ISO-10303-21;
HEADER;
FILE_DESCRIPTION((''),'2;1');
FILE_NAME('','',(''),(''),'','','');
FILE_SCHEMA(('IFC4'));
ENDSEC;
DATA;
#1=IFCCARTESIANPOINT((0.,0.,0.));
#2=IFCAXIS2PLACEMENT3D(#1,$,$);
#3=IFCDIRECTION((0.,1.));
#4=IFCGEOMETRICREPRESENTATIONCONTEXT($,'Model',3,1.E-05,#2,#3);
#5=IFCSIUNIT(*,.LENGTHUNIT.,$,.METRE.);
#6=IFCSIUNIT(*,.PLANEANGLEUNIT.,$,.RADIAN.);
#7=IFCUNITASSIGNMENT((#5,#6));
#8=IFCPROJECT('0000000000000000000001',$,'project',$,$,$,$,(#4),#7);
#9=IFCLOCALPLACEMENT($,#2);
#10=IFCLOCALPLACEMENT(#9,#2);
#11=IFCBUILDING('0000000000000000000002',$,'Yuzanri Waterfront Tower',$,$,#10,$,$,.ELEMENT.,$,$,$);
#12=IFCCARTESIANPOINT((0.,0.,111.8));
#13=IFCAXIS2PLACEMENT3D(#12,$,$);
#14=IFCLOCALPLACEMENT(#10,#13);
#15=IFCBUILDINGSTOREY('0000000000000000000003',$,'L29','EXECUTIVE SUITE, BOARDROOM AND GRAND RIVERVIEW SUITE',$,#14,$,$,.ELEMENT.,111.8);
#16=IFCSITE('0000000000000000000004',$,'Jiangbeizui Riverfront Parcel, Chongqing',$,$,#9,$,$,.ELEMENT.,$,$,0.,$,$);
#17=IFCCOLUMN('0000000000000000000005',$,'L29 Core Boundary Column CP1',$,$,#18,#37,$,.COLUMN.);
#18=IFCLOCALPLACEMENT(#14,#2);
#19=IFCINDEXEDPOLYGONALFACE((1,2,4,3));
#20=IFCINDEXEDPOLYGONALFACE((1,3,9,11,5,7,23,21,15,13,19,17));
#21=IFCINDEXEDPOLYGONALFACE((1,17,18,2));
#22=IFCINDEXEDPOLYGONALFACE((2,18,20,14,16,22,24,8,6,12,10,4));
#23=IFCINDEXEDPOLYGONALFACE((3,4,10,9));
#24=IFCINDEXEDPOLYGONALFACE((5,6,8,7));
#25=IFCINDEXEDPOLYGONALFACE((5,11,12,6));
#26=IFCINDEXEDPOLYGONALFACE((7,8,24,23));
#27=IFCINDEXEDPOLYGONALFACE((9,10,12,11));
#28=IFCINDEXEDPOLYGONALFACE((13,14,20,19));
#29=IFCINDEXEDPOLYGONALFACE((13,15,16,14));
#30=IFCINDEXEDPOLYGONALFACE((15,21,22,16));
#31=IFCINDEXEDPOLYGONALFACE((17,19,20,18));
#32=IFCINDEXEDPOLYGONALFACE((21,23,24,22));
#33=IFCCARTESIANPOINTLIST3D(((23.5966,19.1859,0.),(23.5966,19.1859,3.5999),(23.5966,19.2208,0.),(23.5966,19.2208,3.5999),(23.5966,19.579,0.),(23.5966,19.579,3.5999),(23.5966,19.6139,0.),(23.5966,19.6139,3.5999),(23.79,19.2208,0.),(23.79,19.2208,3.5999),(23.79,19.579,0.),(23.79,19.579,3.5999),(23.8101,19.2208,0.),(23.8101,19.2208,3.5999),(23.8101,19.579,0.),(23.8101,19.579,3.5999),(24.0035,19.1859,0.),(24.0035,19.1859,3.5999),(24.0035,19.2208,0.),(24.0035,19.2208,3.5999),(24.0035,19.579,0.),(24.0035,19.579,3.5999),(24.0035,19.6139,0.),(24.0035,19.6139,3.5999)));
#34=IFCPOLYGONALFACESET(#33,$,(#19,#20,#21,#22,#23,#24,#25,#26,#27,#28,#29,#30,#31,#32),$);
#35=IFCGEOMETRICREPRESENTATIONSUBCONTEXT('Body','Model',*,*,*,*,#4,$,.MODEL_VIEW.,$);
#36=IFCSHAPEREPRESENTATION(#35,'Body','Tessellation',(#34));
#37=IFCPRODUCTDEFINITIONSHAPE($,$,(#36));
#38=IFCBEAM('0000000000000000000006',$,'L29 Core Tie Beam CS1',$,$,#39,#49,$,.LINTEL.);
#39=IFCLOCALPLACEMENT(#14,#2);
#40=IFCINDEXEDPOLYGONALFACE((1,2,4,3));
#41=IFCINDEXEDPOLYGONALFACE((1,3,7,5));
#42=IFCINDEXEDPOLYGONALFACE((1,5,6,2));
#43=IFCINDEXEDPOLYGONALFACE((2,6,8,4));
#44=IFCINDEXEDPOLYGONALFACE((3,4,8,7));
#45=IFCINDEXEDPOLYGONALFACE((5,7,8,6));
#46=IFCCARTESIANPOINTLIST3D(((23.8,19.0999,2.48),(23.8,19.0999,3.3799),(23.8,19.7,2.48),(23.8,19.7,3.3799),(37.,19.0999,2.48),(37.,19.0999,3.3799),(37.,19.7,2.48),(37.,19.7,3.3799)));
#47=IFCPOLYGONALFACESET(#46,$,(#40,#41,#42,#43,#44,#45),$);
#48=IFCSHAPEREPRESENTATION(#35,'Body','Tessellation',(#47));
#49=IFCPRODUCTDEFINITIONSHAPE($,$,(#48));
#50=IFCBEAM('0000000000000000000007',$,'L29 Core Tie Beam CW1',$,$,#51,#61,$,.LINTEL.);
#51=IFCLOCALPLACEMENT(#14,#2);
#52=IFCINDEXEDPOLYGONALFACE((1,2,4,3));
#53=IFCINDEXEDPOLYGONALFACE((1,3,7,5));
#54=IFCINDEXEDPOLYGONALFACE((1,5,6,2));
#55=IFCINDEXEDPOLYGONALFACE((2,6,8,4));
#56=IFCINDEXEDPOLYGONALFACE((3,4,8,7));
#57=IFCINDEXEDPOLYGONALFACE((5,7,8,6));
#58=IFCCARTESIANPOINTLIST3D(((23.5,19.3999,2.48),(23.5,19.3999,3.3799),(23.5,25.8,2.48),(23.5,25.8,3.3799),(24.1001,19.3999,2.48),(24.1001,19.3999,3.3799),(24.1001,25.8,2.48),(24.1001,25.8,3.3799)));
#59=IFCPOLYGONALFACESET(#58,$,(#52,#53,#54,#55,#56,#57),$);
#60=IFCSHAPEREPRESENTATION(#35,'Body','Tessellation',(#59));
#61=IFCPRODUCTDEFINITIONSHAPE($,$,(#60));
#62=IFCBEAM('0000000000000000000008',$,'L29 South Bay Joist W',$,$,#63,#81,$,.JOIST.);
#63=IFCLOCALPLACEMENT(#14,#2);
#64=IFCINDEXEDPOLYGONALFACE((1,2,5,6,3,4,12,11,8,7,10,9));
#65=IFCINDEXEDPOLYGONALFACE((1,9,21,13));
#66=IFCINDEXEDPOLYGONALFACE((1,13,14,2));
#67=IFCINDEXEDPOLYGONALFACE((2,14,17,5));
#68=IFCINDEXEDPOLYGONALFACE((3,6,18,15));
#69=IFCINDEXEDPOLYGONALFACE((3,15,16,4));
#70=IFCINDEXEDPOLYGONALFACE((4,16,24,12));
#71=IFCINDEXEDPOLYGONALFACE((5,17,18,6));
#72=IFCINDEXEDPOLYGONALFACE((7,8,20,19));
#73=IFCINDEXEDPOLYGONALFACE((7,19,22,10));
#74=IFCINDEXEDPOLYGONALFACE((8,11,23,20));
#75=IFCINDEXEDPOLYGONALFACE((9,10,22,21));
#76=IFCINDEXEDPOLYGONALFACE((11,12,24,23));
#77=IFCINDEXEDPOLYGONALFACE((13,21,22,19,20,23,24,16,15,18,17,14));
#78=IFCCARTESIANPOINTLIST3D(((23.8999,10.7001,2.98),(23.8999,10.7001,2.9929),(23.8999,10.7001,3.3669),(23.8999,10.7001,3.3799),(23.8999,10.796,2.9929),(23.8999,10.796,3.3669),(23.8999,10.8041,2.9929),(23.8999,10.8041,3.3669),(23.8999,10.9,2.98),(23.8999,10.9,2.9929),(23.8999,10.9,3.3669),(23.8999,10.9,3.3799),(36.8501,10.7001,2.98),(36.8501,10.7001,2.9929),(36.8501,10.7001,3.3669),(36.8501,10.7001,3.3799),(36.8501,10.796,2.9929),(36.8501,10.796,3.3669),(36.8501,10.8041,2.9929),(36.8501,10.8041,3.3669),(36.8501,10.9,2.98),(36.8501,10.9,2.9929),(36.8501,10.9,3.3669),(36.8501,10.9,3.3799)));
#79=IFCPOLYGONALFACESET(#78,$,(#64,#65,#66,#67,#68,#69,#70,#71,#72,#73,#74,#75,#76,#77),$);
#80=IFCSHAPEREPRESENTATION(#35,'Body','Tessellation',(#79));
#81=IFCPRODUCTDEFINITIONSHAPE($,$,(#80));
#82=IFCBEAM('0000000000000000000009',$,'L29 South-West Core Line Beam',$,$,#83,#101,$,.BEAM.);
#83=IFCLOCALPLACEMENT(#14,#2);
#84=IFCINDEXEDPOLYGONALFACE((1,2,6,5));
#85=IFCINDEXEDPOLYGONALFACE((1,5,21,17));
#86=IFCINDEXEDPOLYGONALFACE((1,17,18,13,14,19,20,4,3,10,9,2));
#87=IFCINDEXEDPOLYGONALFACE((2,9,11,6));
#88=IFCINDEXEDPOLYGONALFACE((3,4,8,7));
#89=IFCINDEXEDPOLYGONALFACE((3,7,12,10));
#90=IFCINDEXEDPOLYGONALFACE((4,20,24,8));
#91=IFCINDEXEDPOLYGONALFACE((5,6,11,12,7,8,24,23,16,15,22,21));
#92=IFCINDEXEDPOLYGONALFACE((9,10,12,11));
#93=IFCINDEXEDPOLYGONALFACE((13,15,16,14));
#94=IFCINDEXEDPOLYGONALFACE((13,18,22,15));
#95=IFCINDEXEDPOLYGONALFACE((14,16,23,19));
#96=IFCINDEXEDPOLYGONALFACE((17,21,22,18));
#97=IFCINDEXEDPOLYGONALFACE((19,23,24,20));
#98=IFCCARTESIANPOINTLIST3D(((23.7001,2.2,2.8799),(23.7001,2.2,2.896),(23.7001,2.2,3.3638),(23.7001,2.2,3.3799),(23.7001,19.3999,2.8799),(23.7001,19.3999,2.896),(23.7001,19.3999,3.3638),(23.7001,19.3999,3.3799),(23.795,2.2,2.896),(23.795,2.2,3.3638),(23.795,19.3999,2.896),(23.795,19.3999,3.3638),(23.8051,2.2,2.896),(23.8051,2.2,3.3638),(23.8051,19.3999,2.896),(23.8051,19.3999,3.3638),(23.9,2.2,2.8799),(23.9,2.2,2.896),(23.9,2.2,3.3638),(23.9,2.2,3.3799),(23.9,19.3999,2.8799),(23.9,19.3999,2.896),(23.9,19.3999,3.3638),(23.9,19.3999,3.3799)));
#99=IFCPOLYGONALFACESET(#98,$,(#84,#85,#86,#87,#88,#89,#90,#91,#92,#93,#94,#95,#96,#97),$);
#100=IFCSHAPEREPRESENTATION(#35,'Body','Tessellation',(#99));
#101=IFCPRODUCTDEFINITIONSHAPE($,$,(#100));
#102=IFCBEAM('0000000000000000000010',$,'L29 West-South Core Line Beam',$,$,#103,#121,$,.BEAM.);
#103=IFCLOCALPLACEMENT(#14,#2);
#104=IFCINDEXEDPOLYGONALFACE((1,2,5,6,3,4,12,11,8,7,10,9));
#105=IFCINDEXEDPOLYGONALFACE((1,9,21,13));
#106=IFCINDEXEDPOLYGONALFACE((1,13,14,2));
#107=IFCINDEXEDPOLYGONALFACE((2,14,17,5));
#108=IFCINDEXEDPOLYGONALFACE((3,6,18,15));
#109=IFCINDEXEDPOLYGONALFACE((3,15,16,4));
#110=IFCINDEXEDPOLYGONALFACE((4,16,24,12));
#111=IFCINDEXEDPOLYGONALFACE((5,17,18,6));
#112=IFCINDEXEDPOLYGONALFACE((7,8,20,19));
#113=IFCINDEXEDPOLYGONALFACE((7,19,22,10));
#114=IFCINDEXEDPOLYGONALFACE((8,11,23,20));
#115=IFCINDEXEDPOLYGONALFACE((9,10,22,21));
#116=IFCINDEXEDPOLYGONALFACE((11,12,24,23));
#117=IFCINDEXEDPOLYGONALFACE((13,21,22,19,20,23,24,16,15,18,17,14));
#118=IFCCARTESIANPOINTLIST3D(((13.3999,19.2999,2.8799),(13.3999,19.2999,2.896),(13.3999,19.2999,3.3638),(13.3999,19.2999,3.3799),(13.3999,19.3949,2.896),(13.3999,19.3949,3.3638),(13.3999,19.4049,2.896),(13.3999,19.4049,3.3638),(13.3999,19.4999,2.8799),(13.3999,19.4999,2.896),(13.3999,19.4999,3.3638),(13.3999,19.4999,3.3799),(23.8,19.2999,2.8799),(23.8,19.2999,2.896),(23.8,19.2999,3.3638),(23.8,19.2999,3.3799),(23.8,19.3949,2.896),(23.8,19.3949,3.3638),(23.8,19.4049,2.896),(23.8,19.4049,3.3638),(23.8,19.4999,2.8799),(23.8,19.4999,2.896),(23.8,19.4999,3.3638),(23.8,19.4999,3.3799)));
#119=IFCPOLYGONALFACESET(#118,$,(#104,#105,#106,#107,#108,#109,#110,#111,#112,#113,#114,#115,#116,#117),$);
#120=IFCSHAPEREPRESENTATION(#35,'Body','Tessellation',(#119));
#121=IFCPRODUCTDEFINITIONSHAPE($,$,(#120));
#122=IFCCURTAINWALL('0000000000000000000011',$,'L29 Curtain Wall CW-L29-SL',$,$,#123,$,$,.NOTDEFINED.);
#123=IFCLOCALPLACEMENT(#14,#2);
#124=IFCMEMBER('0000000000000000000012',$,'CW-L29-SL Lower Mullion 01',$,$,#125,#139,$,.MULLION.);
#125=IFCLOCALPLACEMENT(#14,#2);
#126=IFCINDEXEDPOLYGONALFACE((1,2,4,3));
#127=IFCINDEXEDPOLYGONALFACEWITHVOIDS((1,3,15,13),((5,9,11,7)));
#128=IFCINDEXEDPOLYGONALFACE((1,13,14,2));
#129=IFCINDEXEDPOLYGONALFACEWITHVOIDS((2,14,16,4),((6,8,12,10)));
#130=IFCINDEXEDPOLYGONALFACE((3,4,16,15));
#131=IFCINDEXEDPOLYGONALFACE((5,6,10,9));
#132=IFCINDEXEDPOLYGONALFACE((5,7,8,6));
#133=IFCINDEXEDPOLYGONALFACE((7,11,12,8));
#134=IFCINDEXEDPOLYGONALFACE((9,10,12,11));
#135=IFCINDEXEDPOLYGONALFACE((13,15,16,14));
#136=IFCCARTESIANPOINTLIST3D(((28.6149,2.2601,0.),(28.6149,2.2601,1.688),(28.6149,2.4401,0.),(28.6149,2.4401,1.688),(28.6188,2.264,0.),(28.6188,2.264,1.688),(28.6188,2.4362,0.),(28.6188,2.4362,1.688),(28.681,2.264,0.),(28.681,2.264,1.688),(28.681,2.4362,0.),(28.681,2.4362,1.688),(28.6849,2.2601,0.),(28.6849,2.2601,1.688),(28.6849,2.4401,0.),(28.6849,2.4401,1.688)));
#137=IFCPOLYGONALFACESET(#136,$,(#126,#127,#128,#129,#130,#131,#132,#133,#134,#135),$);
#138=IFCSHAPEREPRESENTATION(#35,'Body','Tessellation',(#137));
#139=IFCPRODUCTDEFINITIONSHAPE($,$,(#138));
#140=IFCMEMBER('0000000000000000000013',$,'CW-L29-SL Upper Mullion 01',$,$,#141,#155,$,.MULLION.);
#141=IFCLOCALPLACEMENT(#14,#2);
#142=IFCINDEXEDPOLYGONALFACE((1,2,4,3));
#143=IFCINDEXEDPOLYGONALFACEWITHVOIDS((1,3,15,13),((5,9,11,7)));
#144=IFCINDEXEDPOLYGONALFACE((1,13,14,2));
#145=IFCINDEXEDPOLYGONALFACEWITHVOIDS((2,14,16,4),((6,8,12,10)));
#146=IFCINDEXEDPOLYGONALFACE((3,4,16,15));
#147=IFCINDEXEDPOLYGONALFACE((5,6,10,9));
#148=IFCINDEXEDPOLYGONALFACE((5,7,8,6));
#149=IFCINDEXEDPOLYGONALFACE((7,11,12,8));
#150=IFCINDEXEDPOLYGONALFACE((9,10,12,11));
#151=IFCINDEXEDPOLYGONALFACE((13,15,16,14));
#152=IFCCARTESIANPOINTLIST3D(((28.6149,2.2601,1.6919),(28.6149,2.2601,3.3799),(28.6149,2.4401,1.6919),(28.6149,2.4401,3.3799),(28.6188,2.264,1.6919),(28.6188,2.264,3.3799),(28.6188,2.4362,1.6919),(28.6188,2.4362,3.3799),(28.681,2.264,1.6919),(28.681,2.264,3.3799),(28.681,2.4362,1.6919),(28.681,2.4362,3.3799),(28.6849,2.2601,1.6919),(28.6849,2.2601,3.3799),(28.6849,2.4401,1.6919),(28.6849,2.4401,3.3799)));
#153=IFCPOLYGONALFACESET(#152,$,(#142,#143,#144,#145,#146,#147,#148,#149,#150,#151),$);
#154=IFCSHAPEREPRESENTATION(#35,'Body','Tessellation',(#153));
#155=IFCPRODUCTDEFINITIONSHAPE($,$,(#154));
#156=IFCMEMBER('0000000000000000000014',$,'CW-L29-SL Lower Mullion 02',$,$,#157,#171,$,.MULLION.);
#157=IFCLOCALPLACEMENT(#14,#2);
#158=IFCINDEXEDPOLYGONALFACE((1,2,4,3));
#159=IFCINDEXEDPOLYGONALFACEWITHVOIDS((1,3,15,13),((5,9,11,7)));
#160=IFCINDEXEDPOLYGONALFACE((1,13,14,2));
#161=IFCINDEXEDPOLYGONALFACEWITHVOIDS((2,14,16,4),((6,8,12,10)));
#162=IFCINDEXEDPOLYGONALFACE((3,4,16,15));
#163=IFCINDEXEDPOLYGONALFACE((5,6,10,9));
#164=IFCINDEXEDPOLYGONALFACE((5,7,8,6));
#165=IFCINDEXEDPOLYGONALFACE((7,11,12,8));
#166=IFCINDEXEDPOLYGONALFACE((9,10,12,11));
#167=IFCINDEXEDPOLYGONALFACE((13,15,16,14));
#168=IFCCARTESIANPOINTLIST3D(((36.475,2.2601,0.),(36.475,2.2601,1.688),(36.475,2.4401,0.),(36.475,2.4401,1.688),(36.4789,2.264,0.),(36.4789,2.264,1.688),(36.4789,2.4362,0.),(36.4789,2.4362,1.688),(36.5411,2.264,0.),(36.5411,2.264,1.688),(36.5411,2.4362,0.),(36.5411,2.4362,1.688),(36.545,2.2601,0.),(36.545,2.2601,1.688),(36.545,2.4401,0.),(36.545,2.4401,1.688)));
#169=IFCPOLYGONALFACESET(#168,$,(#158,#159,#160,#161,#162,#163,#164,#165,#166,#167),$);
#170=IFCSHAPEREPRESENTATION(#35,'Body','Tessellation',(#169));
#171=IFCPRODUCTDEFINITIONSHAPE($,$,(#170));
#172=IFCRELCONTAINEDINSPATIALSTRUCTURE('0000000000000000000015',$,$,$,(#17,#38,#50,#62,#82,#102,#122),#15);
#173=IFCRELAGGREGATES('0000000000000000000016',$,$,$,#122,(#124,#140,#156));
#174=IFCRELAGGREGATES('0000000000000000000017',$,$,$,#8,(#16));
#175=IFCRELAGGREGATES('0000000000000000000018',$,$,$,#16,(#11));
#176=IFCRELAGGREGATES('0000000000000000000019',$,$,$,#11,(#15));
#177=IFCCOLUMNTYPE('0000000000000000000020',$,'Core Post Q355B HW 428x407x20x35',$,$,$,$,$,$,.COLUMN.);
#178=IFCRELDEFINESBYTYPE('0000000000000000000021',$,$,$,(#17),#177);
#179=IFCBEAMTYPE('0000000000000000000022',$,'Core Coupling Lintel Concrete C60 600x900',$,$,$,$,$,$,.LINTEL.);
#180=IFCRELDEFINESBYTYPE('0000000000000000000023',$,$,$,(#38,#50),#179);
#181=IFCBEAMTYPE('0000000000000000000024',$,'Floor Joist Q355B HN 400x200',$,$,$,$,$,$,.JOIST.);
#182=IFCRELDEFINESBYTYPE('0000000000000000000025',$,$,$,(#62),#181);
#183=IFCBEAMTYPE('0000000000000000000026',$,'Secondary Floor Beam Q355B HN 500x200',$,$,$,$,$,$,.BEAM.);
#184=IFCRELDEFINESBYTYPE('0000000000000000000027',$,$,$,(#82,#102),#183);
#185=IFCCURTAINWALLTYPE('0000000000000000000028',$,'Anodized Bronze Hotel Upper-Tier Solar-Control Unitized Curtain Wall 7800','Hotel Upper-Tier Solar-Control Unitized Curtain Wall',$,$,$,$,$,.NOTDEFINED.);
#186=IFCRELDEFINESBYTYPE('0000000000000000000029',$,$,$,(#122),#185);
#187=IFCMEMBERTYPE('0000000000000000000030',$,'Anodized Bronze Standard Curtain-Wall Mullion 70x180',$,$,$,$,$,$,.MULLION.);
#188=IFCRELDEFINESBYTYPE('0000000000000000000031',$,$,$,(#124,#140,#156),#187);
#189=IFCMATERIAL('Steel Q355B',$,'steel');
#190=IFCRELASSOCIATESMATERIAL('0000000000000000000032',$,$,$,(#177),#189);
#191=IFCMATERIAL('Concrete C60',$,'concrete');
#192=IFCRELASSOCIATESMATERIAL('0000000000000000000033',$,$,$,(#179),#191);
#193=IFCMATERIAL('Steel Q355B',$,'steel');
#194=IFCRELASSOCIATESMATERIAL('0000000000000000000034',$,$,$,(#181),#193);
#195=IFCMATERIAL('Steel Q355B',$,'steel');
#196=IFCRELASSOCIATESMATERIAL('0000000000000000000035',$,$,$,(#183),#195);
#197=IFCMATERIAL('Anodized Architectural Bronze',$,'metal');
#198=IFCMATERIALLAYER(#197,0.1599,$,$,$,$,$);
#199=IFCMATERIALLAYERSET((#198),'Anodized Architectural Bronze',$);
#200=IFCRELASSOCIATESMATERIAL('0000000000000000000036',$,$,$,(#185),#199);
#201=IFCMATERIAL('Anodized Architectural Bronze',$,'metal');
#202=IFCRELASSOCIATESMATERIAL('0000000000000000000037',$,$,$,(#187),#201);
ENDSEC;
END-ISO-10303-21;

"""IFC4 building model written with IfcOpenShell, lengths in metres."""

from ifc_helpers import new_model, si_unit, direction, frame, origin, origin_2d, place, context, subcontext, project, spatial, rectangle, hollow_rectangle, i_section, extrude, source, transform, mapped, material, layer, layer_set, material_profile, profile_set, type_object, element, aggregate, save


model = new_model("IFC4")

# Units and contexts
model_context = context("Model", 3, precision=1e-05, world=origin(), true_north=direction((0.0, 1.0)))
body_context = subcontext(model_context, "Body", "Model", "MODEL_VIEW")
ifc_project = project(units=[si_unit("LENGTHUNIT", "METRE"), si_unit("PLANEANGLEUNIT", "RADIAN")], contexts=[model_context])

# Site, building, storey
site_placement = place(None, origin())
site = spatial("IfcSite", under=ifc_project, at=site_placement, Name="Jiangbeizui Riverfront Parcel, Chongqing", CompositionType="ELEMENT", RefElevation=0.0)
building_placement = place(site_placement, origin())
building = spatial("IfcBuilding", under=site, at=building_placement, Name="Yuzanri Waterfront Tower", CompositionType="ELEMENT")
storey_placement = place(building_placement, frame((0.0, 0.0, 111.8)))
storey = spatial("IfcBuildingStorey", under=building, at=storey_placement, Name="L29", Description="EXECUTIVE SUITE, BOARDROOM AND GRAND RIVERVIEW SUITE", CompositionType="ELEMENT", Elevation=111.8)

# Column
ifc_material_1 = material(Name="Steel Q355B", Category="steel")
ifc_material_profile_1 = material_profile(ifc_material_1, i_section(OverallWidth=0.407, OverallDepth=0.428, WebThickness=0.02, FlangeThickness=0.0349, at=origin_2d()), Name="HW 428x407x20x35")
ifc_profile_set_1 = profile_set([ifc_material_profile_1], Name="Steel Q355B")
column_type = type_object("IfcColumnType", Name="Core Post Q355B HW 428x407x20x35", PredefinedType="COLUMN", material=ifc_profile_set_1)
shared_shape_1 = source(origin(), body_context, "Body", "SweptSolid", [
    extrude(i_section(OverallWidth=0.407, OverallDepth=0.428, WebThickness=0.02, FlangeThickness=0.0349, at=origin_2d()), origin(), (0.0, 0.0, 1.0), 3.5999),
])
column_placement = place(storey_placement, frame((23.8, 19.3999, 0.0), z_axis=(0.0, 0.0, 1.0), x_axis=(1.0, 0.0, 0.0)))
element("IfcColumn", 1, at=column_placement, inside=storey, type_object=column_type, Name="L29 Core Boundary Column CP1", PredefinedType="COLUMN", context=body_context, shape_type="MappedRepresentation", body=[
    mapped(shared_shape_1, transform((0.0, 0.0, 0.0), scale=1.0)),
])

# Beams
ifc_material_2 = material(Name="Concrete C60", Category="concrete")
ifc_material_profile_2 = material_profile(ifc_material_2, rectangle(XDim=0.6001, YDim=0.8999, at=origin_2d()), Name="RC 600x900")
ifc_profile_set_2 = profile_set([ifc_material_profile_2], Name="Concrete C60")
beam_type_1 = type_object("IfcBeamType", Name="Core Coupling Lintel Concrete C60 600x900", PredefinedType="LINTEL", material=ifc_profile_set_2)
shared_shape_2 = source(origin(), body_context, "Body", "SweptSolid", [
    extrude(rectangle(XDim=0.6001, YDim=0.8999, at=origin_2d()), origin(), (0.0, 0.0, 1.0), 13.2),
])
beam_1_placement = place(storey_placement, frame((23.8, 19.3999, 2.9299), z_axis=(1.0, 0.0, 0.0), x_axis=(0.0, 1.0, 0.0)))
element("IfcBeam", 2, at=beam_1_placement, inside=storey, type_object=beam_type_1, Name="L29 Core Tie Beam CS1", PredefinedType="LINTEL", context=body_context, shape_type="MappedRepresentation", body=[
    mapped(shared_shape_2, transform((0.0, 0.0, 0.0), scale=1.0)),
])
shared_shape_3 = source(origin(), body_context, "Body", "SweptSolid", [
    extrude(rectangle(XDim=0.6001, YDim=0.8999, at=origin_2d()), origin(), (0.0, 0.0, 1.0), 6.4001),
])
beam_2_placement = place(storey_placement, frame((23.8, 19.3999, 2.9299), z_axis=(0.0, 1.0, 0.0), x_axis=(-1.0, 0.0, 0.0)))
element("IfcBeam", 3, at=beam_2_placement, inside=storey, type_object=beam_type_1, Name="L29 Core Tie Beam CW1", PredefinedType="LINTEL", context=body_context, shape_type="MappedRepresentation", body=[
    mapped(shared_shape_3, transform((0.0, 0.0, 0.0), scale=1.0)),
])
ifc_material_3 = material(Name="Steel Q355B", Category="steel")
ifc_material_profile_3 = material_profile(ifc_material_3, i_section(OverallWidth=0.2, OverallDepth=0.3999, WebThickness=0.0081, FlangeThickness=0.0129, at=origin_2d()), Name="HN 400x200x8x13")
ifc_profile_set_3 = profile_set([ifc_material_profile_3], Name="Steel Q355B")
beam_type_2 = type_object("IfcBeamType", Name="Floor Joist Q355B HN 400x200", PredefinedType="JOIST", material=ifc_profile_set_3)
shared_shape_4 = source(origin(), body_context, "Body", "SweptSolid", [
    extrude(i_section(OverallWidth=0.2, OverallDepth=0.3999, WebThickness=0.0081, FlangeThickness=0.0129, at=origin_2d()), origin(), (0.0, 0.0, 1.0), 12.9502),
])
beam_3_placement = place(storey_placement, frame((23.8999, 10.8, 3.1799), z_axis=(1.0, 0.0, 0.0), x_axis=(0.0, 1.0, 0.0)))
element("IfcBeam", 4, at=beam_3_placement, inside=storey, type_object=beam_type_2, Name="L29 South Bay Joist W", PredefinedType="JOIST", context=body_context, shape_type="MappedRepresentation", body=[
    mapped(shared_shape_4, transform((0.0, 0.0, 0.0), scale=1.0)),
])
ifc_material_4 = material(Name="Steel Q355B", Category="steel")
ifc_material_profile_4 = material_profile(ifc_material_4, i_section(OverallWidth=0.2, OverallDepth=0.5, WebThickness=0.01, FlangeThickness=0.0161, at=origin_2d()), Name="HN 500x200x10x16")
ifc_profile_set_4 = profile_set([ifc_material_profile_4], Name="Steel Q355B")
beam_type_3 = type_object("IfcBeamType", Name="Secondary Floor Beam Q355B HN 500x200", PredefinedType="BEAM", material=ifc_profile_set_4)
shared_shape_5 = source(origin(), body_context, "Body", "SweptSolid", [
    extrude(i_section(OverallWidth=0.2, OverallDepth=0.5, WebThickness=0.01, FlangeThickness=0.0161, at=origin_2d()), origin(), (0.0, 0.0, 1.0), 17.2),
])
beam_4_placement = place(storey_placement, frame((23.8, 19.3999, 3.1299), z_axis=(0.0, -1.0, 0.0), x_axis=(1.0, 0.0, 0.0)))
element("IfcBeam", 5, at=beam_4_placement, inside=storey, type_object=beam_type_3, Name="L29 South-West Core Line Beam", PredefinedType="BEAM", context=body_context, shape_type="MappedRepresentation", body=[
    mapped(shared_shape_5, transform((0.0, 0.0, 0.0), scale=1.0)),
])
shared_shape_6 = source(origin(), body_context, "Body", "SweptSolid", [
    extrude(i_section(OverallWidth=0.2, OverallDepth=0.5, WebThickness=0.01, FlangeThickness=0.0161, at=origin_2d()), origin(), (0.0, 0.0, 1.0), 10.4001),
])
beam_5_placement = place(storey_placement, frame((23.8, 19.3999, 3.1299), z_axis=(-1.0, 0.0, 0.0), x_axis=(0.0, -1.0, 0.0)))
element("IfcBeam", 6, at=beam_5_placement, inside=storey, type_object=beam_type_3, Name="L29 West-South Core Line Beam", PredefinedType="BEAM", context=body_context, shape_type="MappedRepresentation", body=[
    mapped(shared_shape_6, transform((0.0, 0.0, 0.0), scale=1.0)),
])

# Curtain wall, members
ifc_material_5 = material(Name="Anodized Architectural Bronze", Category="metal")
ifc_layer_1 = layer(ifc_material_5, 0.1599)
ifc_layer_set_1 = layer_set([ifc_layer_1], Name="Anodized Architectural Bronze")
curtain_wall_type = type_object("IfcCurtainWallType", Name="Anodized Bronze Hotel Upper-Tier Solar-Control Unitized Curtain Wall 7800", Description="Hotel Upper-Tier Solar-Control Unitized Curtain Wall", PredefinedType="NOTDEFINED", material=ifc_layer_set_1)
curtain_wall_placement = place(storey_placement, origin())
curtain_wall = element("IfcCurtainWall", 7, at=curtain_wall_placement, inside=storey, type_object=curtain_wall_type, Name="L29 Curtain Wall CW-L29-SL", PredefinedType="NOTDEFINED")
ifc_material_6 = material(Name="Anodized Architectural Bronze", Category="metal")
ifc_material_profile_5 = material_profile(ifc_material_6, hollow_rectangle(XDim=0.0701, YDim=0.1799, WallThickness=0.0039, at=origin_2d()), Name="CWM 70x180")
ifc_profile_set_5 = profile_set([ifc_material_profile_5], Name="Anodized Architectural Bronze")
member_type = type_object("IfcMemberType", Name="Anodized Bronze Standard Curtain-Wall Mullion 70x180", PredefinedType="MULLION", material=ifc_profile_set_5)
shared_shape_7 = source(origin(), body_context, "Body", "SweptSolid", [
    extrude(hollow_rectangle(XDim=0.0701, YDim=0.1799, WallThickness=0.0039, at=origin_2d()), origin(), (0.0, 0.0, 1.0), 1.688),
])
member_1_placement = place(storey_placement, frame((28.6499, 2.3501, 0.0), z_axis=(0.0, 0.0, 1.0), x_axis=(1.0, 0.0, 0.0)))
member_1 = element("IfcMember", 8, at=member_1_placement, type_object=member_type, Name="CW-L29-SL Lower Mullion 01", PredefinedType="MULLION", context=body_context, shape_type="MappedRepresentation", body=[
    mapped(shared_shape_7, transform((0.0, 0.0, 0.0), scale=1.0)),
])
member_2_placement = place(storey_placement, frame((28.6499, 2.3501, 1.6919), z_axis=(0.0, 0.0, 1.0), x_axis=(1.0, 0.0, 0.0)))
member_2 = element("IfcMember", 9, at=member_2_placement, type_object=member_type, Name="CW-L29-SL Upper Mullion 01", PredefinedType="MULLION", context=body_context, shape_type="MappedRepresentation", body=[
    mapped(shared_shape_7, transform((0.0, 0.0, 0.0), scale=1.0)),
])
member_3_placement = place(storey_placement, frame((36.51, 2.3501, 0.0), z_axis=(0.0, 0.0, 1.0), x_axis=(1.0, 0.0, 0.0)))
member_3 = element("IfcMember", 10, at=member_3_placement, type_object=member_type, Name="CW-L29-SL Lower Mullion 02", PredefinedType="MULLION", context=body_context, shape_type="MappedRepresentation", body=[
    mapped(shared_shape_7, transform((0.0, 0.0, 0.0), scale=1.0)),
])
aggregate(curtain_wall, [member_1, member_2, member_3])

save(model, "model.ifc")
